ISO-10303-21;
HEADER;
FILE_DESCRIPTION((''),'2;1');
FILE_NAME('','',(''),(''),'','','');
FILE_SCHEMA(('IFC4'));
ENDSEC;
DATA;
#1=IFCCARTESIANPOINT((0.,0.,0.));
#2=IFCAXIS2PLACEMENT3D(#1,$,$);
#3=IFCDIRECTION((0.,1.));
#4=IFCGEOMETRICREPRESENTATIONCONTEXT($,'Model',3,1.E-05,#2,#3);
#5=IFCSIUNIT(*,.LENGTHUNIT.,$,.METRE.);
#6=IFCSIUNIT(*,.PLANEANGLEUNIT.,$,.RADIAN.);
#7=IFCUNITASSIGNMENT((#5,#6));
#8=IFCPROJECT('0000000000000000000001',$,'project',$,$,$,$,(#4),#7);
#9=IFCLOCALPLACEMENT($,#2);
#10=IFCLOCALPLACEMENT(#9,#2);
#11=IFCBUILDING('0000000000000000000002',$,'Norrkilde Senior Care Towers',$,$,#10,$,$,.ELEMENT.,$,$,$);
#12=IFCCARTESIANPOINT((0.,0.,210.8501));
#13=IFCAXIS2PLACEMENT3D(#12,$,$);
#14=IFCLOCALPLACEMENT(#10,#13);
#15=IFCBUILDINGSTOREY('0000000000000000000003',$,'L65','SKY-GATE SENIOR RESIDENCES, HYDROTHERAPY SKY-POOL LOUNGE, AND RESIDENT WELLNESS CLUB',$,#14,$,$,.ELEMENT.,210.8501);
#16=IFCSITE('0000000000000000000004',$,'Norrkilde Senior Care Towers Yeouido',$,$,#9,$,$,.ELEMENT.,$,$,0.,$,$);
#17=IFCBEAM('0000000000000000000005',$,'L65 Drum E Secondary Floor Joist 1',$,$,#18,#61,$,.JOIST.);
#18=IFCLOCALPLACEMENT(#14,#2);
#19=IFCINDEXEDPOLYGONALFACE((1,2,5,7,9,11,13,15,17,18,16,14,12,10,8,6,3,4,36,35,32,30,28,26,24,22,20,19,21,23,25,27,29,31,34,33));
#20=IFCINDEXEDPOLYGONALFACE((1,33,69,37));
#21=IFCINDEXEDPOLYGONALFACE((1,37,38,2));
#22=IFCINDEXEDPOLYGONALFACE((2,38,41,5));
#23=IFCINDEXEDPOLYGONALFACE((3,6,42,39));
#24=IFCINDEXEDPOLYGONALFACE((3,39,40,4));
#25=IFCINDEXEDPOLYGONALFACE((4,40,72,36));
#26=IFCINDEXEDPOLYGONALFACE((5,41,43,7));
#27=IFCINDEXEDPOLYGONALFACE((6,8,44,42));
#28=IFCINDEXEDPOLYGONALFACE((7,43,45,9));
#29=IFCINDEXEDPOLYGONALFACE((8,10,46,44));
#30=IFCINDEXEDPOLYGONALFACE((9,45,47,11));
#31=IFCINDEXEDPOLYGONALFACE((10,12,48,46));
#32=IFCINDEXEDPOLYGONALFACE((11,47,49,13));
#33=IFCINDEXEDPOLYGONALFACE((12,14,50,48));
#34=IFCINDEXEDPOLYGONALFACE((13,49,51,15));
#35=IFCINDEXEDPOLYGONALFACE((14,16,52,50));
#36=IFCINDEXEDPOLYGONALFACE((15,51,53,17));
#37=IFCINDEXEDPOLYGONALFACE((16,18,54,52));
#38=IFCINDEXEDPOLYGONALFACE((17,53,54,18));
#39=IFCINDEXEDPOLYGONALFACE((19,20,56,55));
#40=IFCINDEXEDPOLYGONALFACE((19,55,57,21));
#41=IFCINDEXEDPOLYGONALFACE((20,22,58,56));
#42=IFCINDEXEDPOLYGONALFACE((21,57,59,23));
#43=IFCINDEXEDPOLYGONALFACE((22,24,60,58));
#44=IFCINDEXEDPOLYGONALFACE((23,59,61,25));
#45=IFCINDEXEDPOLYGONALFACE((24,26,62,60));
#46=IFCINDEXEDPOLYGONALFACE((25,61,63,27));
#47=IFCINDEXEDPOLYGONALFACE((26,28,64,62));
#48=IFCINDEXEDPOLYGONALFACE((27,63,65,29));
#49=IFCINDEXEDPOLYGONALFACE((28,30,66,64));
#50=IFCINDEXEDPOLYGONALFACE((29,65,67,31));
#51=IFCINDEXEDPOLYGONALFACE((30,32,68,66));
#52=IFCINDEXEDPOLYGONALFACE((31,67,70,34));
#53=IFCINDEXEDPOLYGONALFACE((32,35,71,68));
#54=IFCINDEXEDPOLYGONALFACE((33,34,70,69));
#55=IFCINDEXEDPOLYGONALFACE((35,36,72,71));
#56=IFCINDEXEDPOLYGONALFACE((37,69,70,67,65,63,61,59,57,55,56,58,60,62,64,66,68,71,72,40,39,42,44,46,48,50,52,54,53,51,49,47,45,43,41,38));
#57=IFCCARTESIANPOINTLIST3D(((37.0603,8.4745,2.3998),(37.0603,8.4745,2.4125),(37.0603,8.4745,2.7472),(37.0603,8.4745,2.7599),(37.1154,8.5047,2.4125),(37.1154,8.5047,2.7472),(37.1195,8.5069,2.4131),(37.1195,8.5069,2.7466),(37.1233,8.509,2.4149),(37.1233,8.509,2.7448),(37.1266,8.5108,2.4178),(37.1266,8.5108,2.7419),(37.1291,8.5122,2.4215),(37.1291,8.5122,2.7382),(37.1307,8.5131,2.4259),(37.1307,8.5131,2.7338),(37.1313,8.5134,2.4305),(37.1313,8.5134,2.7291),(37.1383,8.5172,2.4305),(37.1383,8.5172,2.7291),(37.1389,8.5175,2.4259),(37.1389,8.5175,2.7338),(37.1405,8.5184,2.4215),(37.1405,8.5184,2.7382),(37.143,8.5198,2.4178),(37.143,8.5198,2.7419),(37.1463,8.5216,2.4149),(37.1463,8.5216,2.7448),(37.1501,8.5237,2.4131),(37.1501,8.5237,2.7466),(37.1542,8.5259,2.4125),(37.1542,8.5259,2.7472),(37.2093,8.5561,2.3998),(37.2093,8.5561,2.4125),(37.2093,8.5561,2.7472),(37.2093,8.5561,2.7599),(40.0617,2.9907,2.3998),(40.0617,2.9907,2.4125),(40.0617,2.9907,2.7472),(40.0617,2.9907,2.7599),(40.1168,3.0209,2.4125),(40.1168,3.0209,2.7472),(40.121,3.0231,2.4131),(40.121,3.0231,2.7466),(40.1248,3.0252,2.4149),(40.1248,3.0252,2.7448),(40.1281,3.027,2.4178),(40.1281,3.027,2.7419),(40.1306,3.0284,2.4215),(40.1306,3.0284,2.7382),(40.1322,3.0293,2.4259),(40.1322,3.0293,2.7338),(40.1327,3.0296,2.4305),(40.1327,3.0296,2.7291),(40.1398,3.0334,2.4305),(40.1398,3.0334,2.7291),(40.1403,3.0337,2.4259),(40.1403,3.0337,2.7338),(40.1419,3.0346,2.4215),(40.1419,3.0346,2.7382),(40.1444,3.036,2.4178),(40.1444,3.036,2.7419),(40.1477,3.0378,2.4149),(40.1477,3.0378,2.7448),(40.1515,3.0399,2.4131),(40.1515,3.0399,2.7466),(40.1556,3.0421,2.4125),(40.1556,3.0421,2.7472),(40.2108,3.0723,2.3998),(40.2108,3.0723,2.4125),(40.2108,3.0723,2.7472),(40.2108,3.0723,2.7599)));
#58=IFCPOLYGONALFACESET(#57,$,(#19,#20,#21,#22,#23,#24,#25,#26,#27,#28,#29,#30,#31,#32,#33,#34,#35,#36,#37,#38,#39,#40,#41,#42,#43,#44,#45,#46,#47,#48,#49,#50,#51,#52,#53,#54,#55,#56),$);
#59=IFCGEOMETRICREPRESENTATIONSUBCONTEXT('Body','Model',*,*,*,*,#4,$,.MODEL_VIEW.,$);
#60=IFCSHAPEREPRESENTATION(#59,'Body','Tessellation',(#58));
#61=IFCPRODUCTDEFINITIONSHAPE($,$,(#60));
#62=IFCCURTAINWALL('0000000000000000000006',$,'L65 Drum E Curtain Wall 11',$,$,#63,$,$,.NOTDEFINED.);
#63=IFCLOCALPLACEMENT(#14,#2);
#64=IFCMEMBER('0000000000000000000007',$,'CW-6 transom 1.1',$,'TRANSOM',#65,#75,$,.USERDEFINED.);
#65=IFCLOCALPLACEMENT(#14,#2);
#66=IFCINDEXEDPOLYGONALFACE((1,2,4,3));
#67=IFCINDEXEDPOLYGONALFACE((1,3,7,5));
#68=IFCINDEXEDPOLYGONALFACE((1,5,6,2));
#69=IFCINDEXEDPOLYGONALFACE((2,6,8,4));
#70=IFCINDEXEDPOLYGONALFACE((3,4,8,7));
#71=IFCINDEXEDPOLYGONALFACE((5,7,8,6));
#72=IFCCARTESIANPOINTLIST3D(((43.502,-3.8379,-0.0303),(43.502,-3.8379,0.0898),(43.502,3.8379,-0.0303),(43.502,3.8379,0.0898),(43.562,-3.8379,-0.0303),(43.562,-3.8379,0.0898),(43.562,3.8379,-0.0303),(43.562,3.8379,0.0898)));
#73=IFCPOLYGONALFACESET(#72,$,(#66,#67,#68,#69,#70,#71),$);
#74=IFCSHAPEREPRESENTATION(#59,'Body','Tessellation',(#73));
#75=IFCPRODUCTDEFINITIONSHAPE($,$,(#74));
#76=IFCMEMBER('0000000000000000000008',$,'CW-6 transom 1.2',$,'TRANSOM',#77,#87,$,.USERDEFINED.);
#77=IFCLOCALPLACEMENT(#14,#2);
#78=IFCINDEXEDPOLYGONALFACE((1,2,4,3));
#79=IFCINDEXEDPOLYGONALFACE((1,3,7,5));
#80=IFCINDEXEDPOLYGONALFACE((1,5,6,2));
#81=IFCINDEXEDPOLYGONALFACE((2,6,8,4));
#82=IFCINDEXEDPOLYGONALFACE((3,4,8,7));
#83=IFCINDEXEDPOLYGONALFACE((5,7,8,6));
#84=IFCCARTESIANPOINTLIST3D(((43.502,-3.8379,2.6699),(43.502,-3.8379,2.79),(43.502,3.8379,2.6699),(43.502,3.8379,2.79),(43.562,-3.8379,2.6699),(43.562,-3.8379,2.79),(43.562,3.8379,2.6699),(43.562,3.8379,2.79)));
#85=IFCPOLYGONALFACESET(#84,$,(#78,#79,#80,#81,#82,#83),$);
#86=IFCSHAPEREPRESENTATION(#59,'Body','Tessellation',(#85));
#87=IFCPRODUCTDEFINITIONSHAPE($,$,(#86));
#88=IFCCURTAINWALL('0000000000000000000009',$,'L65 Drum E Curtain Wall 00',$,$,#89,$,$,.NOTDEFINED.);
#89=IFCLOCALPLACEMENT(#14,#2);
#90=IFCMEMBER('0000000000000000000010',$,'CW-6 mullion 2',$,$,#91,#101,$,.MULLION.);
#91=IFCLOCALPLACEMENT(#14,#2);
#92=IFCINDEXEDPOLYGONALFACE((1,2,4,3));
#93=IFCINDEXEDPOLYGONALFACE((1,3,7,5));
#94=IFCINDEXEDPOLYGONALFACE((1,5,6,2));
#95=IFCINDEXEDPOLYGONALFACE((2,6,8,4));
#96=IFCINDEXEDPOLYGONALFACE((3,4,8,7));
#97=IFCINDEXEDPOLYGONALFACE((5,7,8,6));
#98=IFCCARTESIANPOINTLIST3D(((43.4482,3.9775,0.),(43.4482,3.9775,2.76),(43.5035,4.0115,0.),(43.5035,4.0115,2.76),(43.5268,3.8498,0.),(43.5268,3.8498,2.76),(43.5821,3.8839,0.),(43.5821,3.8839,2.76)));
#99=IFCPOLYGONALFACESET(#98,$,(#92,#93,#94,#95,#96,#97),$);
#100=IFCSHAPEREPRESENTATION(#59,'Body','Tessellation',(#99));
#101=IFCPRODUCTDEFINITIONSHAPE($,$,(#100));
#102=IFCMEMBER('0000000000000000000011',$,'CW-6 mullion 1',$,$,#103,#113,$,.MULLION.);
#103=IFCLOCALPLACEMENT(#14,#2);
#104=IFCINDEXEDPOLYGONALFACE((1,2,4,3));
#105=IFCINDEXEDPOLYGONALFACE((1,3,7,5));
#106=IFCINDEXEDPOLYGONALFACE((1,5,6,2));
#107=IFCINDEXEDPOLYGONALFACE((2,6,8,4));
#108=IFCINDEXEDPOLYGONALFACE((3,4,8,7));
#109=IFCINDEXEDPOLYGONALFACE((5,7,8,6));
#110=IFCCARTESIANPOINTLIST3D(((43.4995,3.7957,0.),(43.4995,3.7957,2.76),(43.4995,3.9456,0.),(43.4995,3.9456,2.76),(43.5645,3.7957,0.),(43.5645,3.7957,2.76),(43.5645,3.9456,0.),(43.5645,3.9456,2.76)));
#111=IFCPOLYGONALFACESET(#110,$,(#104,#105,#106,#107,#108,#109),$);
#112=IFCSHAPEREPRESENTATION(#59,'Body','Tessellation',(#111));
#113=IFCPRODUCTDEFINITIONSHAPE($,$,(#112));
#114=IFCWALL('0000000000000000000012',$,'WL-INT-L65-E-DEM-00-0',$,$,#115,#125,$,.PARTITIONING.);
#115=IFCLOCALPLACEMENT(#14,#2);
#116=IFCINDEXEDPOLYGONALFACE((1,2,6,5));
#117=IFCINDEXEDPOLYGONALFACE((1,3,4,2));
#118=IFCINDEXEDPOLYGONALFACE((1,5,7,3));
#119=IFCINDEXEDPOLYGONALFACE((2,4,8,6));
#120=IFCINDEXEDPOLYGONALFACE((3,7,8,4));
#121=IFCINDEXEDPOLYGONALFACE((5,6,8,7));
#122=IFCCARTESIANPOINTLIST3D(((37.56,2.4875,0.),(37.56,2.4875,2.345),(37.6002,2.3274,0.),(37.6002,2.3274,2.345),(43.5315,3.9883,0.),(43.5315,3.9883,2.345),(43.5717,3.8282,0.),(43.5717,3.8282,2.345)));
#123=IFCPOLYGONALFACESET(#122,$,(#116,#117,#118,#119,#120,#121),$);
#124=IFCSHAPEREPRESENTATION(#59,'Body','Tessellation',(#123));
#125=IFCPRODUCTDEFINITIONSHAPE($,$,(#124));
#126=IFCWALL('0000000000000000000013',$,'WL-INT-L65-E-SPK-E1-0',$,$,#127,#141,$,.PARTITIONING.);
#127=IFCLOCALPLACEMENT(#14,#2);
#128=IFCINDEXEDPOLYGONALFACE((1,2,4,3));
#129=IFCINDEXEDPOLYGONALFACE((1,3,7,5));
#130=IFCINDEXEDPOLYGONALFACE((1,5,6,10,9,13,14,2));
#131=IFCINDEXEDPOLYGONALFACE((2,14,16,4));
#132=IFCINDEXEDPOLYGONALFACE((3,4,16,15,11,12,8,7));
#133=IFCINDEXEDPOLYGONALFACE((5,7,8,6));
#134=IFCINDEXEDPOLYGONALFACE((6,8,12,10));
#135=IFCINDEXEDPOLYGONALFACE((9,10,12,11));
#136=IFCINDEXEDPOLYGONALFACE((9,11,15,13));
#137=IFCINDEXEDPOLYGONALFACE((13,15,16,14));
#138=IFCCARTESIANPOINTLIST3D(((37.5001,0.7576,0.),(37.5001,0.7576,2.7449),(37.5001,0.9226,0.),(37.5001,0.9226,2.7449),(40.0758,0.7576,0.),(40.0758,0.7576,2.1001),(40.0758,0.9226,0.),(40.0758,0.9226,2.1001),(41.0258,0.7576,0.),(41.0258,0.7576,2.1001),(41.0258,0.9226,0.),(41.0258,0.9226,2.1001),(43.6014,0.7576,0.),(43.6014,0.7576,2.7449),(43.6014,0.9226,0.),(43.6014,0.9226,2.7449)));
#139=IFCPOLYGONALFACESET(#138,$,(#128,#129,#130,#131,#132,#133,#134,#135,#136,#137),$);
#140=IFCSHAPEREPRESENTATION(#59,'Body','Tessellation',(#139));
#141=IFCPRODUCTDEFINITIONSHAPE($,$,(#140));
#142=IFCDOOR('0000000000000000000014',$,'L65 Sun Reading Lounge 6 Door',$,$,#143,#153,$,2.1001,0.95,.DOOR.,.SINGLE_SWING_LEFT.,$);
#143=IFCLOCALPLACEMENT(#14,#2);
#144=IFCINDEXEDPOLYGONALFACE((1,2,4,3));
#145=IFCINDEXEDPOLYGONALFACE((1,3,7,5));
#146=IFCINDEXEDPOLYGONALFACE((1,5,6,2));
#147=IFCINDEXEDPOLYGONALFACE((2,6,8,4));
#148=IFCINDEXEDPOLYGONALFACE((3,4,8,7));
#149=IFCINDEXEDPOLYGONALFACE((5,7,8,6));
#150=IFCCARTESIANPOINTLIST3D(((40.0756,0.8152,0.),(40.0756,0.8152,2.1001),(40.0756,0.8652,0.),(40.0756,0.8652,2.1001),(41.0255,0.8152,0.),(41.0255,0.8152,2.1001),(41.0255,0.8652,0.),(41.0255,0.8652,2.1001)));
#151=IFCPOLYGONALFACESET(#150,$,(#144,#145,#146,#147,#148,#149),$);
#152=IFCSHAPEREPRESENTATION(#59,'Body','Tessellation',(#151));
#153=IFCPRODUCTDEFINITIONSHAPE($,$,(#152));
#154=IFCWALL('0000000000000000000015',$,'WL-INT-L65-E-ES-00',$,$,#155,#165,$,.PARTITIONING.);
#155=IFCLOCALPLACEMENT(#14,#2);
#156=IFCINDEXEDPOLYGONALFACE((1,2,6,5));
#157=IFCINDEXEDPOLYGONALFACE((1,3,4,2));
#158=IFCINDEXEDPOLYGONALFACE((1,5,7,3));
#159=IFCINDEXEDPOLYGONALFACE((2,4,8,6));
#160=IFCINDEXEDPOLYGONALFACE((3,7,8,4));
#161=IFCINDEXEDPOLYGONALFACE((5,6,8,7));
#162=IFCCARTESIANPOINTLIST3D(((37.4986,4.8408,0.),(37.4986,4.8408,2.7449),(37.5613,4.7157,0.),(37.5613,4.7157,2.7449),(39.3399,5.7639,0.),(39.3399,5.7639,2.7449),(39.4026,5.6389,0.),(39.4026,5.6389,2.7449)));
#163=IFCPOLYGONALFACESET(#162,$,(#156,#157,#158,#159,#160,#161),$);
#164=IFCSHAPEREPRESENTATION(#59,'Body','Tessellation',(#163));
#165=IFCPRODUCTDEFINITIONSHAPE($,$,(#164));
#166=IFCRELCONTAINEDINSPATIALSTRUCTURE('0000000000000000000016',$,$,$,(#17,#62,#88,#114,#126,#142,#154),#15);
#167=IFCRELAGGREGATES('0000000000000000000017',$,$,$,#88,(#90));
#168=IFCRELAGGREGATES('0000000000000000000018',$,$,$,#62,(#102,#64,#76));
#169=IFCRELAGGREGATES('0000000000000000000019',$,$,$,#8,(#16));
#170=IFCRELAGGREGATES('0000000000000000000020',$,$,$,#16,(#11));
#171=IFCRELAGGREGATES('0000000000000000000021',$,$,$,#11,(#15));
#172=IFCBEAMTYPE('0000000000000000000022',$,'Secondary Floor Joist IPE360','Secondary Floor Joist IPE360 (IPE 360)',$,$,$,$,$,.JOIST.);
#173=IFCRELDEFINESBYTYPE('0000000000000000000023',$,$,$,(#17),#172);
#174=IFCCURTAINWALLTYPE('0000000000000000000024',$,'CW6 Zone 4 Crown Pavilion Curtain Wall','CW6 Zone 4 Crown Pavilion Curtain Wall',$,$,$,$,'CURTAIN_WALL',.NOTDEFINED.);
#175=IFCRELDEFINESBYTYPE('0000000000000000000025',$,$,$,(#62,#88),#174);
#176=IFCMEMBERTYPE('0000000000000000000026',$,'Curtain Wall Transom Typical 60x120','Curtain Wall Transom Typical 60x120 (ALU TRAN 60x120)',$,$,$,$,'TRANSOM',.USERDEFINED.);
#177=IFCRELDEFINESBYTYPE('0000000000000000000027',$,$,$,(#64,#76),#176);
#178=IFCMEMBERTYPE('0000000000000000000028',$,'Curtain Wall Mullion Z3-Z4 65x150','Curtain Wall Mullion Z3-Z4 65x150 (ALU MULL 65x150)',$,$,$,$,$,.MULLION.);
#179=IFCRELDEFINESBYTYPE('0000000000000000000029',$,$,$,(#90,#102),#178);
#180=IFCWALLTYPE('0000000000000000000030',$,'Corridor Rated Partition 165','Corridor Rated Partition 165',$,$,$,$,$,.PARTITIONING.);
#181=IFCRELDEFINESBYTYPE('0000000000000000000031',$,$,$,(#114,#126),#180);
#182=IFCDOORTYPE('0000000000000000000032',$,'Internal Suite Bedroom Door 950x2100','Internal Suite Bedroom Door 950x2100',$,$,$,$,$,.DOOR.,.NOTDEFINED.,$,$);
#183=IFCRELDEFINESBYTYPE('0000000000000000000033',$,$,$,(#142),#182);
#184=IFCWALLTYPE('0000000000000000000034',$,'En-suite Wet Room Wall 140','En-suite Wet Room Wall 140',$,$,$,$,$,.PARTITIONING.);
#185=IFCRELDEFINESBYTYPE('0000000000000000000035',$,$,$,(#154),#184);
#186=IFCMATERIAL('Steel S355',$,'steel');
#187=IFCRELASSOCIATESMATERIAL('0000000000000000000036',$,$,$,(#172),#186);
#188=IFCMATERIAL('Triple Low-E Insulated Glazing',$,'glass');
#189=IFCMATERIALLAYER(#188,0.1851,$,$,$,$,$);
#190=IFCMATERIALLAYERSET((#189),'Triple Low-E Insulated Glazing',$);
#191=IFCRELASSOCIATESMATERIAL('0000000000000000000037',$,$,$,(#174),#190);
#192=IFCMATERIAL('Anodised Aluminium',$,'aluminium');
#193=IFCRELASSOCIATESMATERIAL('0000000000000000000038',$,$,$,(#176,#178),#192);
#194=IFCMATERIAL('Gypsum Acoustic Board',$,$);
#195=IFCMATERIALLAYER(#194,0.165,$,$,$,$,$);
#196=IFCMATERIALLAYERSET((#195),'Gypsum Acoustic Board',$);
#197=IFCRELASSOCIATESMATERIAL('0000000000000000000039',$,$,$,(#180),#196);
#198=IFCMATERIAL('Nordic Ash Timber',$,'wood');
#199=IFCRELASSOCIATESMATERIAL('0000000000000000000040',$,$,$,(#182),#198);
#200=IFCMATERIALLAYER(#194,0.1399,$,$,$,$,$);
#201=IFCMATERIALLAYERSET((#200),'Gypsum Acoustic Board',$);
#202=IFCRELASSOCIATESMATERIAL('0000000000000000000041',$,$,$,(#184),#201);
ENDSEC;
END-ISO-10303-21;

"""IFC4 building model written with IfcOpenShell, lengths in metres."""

from ifc_helpers import new_model, si_unit, direction, frame, frame_2d, origin, origin_2d, place, context, subcontext, project, spatial, rectangle, i_section, extrude, source, transform, mapped, material, layer, layer_set, material_profile, profile_set, type_object, type_shapes, element, fill, aggregate, save


model = new_model("IFC4")

# Units and contexts
model_context = context("Model", 3, precision=1e-05, world=origin(), true_north=direction((0.0, 1.0)))
body_context = subcontext(model_context, "Body", "Model", "MODEL_VIEW")
ifc_project = project(units=[si_unit("LENGTHUNIT", "METRE"), si_unit("PLANEANGLEUNIT", "RADIAN")], contexts=[model_context])

# Site, building, storey
site_placement = place(None, origin())
site = spatial("IfcSite", under=ifc_project, at=site_placement, Name="Norrkilde Senior Care Towers Yeouido", CompositionType="ELEMENT", RefElevation=0.0)
building_placement = place(site_placement, origin())
building = spatial("IfcBuilding", under=site, at=building_placement, Name="Norrkilde Senior Care Towers", CompositionType="ELEMENT")
storey_placement = place(building_placement, frame((0.0, 0.0, 210.8501)))
storey = spatial("IfcBuildingStorey", under=building, at=storey_placement, Name="L65", Description="SKY-GATE SENIOR RESIDENCES, HYDROTHERAPY SKY-POOL LOUNGE, AND RESIDENT WELLNESS CLUB", CompositionType="ELEMENT", Elevation=210.8501)

# Beam
ifc_material_1 = material(Name="Steel S355", Category="steel")
ifc_material_profile_1 = material_profile(ifc_material_1, i_section(OverallWidth=0.1699, OverallDepth=0.3601, WebThickness=0.0081, FlangeThickness=0.0127, FilletRadius=0.0181, at=origin_2d()), Name="IPE 360")
ifc_profile_set_1 = profile_set([ifc_material_profile_1], Name="Steel S355")
beam_type_1 = type_object("IfcBeamType", Name="Secondary Floor Joist IPE360", Description="Secondary Floor Joist IPE360 (IPE 360)", PredefinedType="JOIST", material=ifc_profile_set_1)
shared_shape_1 = source(origin(), body_context, "Body", "SweptSolid", [
    extrude(i_section(OverallWidth=0.1699, OverallDepth=0.3601, WebThickness=0.0081, FlangeThickness=0.0127, FilletRadius=0.0181, at=origin_2d()), origin(), (0.0, 0.0, 1.0), 6.2515),
])
type_shapes(beam_type_1, [shared_shape_1])
beam_1_placement = place(storey_placement, frame((40.1362, 3.0315, 2.5798), z_axis=(-0.480116, 0.877205, 0.0), x_axis=(-0.877205, -0.480116, 0.0)))
element("IfcBeam", 1, at=beam_1_placement, inside=storey, type_object=beam_type_1, Name="L65 Drum E Secondary Floor Joist 1", PredefinedType="JOIST", context=body_context, shape_type="MappedRepresentation", body=[
    mapped(shared_shape_1, transform((0.0, 0.0, 0.0), x_axis=(1.0, 0.0, 0.0), y_axis=(0.0, 1.0, 0.0), z_axis=(0.0, 0.0, 1.0), scale=1.0)),
])

# Curtain wall, members
ifc_material_2 = material(Name="Triple Low-E Insulated Glazing", Category="glass")
ifc_layer_1 = layer(ifc_material_2, 0.1851)
ifc_layer_set_1 = layer_set([ifc_layer_1], Name="Triple Low-E Insulated Glazing")
curtain_wall_type = type_object("IfcCurtainWallType", Name="CW6 Zone 4 Crown Pavilion Curtain Wall", Description="CW6 Zone 4 Crown Pavilion Curtain Wall", ElementType="CURTAIN_WALL", PredefinedType="NOTDEFINED", material=ifc_layer_set_1)
curtain_wall_1_placement = place(storey_placement, origin())
curtain_wall_1 = element("IfcCurtainWall", 2, at=curtain_wall_1_placement, inside=storey, type_object=curtain_wall_type, Name="L65 Drum E Curtain Wall 11", PredefinedType="NOTDEFINED")
ifc_material_3 = material(Name="Anodised Aluminium", Category="aluminium")
ifc_material_profile_2 = material_profile(ifc_material_3, rectangle(XDim=0.0601, YDim=0.1201, at=origin_2d()), Name="ALU TRAN 60x120")
ifc_profile_set_2 = profile_set([ifc_material_profile_2], Name="Anodised Aluminium")
member_type_1 = type_object("IfcMemberType", Name="Curtain Wall Transom Typical 60x120", Description="Curtain Wall Transom Typical 60x120 (ALU TRAN 60x120)", ElementType="TRANSOM", PredefinedType="USERDEFINED", material=ifc_profile_set_2)
shared_shape_2 = source(origin(), body_context, "Body", "SweptSolid", [
    extrude(rectangle(XDim=0.0601, YDim=0.1201, at=origin_2d()), origin(), (0.0, 0.0, 1.0), 7.6758),
])
type_shapes(member_type_1, [shared_shape_2])
member_1_placement = place(storey_placement, frame((43.532, 3.8379, 0.0298), z_axis=(0.0, -1.0, 0.0), x_axis=(1.0, 0.0, 0.0)))
member_1 = element("IfcMember", 3, at=member_1_placement, type_object=member_type_1, Name="CW-6 transom 1.1", ObjectType="TRANSOM", PredefinedType="USERDEFINED", context=body_context, shape_type="MappedRepresentation", body=[
    mapped(shared_shape_2, transform((0.0, 0.0, 0.0), x_axis=(1.0, 0.0, 0.0), y_axis=(0.0, 1.0, 0.0), z_axis=(0.0, 0.0, 1.0), scale=1.0)),
])
member_2_placement = place(storey_placement, frame((43.532, 3.8379, 2.73), z_axis=(0.0, -1.0, 0.0), x_axis=(1.0, 0.0, 0.0)))
member_2 = element("IfcMember", 4, at=member_2_placement, type_object=member_type_1, Name="CW-6 transom 1.2", ObjectType="TRANSOM", PredefinedType="USERDEFINED", context=body_context, shape_type="MappedRepresentation", body=[
    mapped(shared_shape_2, transform((0.0, 0.0, 0.0), x_axis=(1.0, 0.0, 0.0), y_axis=(0.0, 1.0, 0.0), z_axis=(0.0, 0.0, 1.0), scale=1.0)),
])

# Curtain wall, member
curtain_wall_2_placement = place(storey_placement, origin())
curtain_wall_2 = element("IfcCurtainWall", 5, at=curtain_wall_2_placement, inside=storey, type_object=curtain_wall_type, Name="L65 Drum E Curtain Wall 00", PredefinedType="NOTDEFINED")
ifc_material_profile_3 = material_profile(ifc_material_3, rectangle(XDim=0.0649, YDim=0.1499, at=origin_2d()), Name="ALU MULL 65x150")
ifc_profile_set_3 = profile_set([ifc_material_profile_3], Name="Anodised Aluminium")
member_type_2 = type_object("IfcMemberType", Name="Curtain Wall Mullion Z3-Z4 65x150", Description="Curtain Wall Mullion Z3-Z4 65x150 (ALU MULL 65x150)", PredefinedType="MULLION", material=ifc_profile_set_3)
shared_shape_3 = source(origin(), body_context, "Body", "SweptSolid", [
    extrude(rectangle(XDim=0.0649, YDim=0.1499, at=origin_2d()), origin(), (0.0, 0.0, 1.0), 2.76),
])
type_shapes(member_type_2, [shared_shape_3])
member_3_placement = place(storey_placement, frame((43.5151, 3.9307, 0.0), z_axis=(0.0, 0.0, 1.0), x_axis=(0.851563, 0.524253, 0.0)))
member_3 = element("IfcMember", 6, at=member_3_placement, type_object=member_type_2, Name="CW-6 mullion 2", PredefinedType="MULLION", context=body_context, shape_type="MappedRepresentation", body=[
    mapped(shared_shape_3, transform((0.0, 0.0, 0.0), x_axis=(1.0, 0.0, 0.0), y_axis=(0.0, 1.0, 0.0), z_axis=(0.0, 0.0, 1.0), scale=1.0)),
])
aggregate(curtain_wall_2, [member_3])

# Member
member_4_placement = place(storey_placement, frame((43.532, 3.8706, 0.0), z_axis=(0.0, 0.0, 1.0), x_axis=(1.0, 0.0, 0.0)))
member_4 = element("IfcMember", 7, at=member_4_placement, type_object=member_type_2, Name="CW-6 mullion 1", PredefinedType="MULLION", context=body_context, shape_type="MappedRepresentation", body=[
    mapped(shared_shape_3, transform((0.0, 0.0, 0.0), x_axis=(1.0, 0.0, 0.0), y_axis=(0.0, 1.0, 0.0), z_axis=(0.0, 0.0, 1.0), scale=1.0)),
])
aggregate(curtain_wall_1, [member_4, member_1, member_2])

# Wall
ifc_material_4 = material(Name="Gypsum Acoustic Board")
ifc_layer_2 = layer(ifc_material_4, 0.165)
ifc_layer_set_2 = layer_set([ifc_layer_2], Name="Gypsum Acoustic Board")
wall_type_1 = type_object("IfcWallType", Name="Corridor Rated Partition 165", Description="Corridor Rated Partition 165", PredefinedType="PARTITIONING", material=ifc_layer_set_2)
shared_shape_4 = source(origin(), body_context, "Body", "SweptSolid", [
    extrude(rectangle(XDim=6.1572, YDim=0.165, at=frame_2d((3.0786, 0.0))), origin(), (0.0, 0.0, 1.0), 2.345),
])
wall_1_placement = place(storey_placement, frame((37.5801, 2.4075, 0.0), z_axis=(0.0, 0.0, 1.0), x_axis=(0.969841, 0.243739, 0.0)))
element("IfcWall", 8, at=wall_1_placement, inside=storey, type_object=wall_type_1, Name="WL-INT-L65-E-DEM-00-0", PredefinedType="PARTITIONING", context=body_context, shape_type="MappedRepresentation", body=[
    mapped(shared_shape_4, transform((0.0, 0.0, 0.0), x_axis=(1.0, 0.0, 0.0), y_axis=(0.0, 1.0, 0.0), z_axis=(0.0, 0.0, 1.0), scale=1.0)),
])

# Wall, opening, door
shared_shape_5 = source(origin(), body_context, "Body", "SweptSolid", [
    extrude(rectangle(XDim=6.1013, YDim=0.165, at=frame_2d((3.0508, 0.0))), origin(), (0.0, 0.0, 1.0), 2.7449),
])
type_shapes(wall_type_1, [shared_shape_4, shared_shape_5])
wall_2_placement = place(storey_placement, frame((37.5, 0.8401, 0.0), z_axis=(0.0, 0.0, 1.0), x_axis=(1.0, 0.0, 0.0)))
wall_2 = element("IfcWall", 9, at=wall_2_placement, inside=storey, type_object=wall_type_1, Name="WL-INT-L65-E-SPK-E1-0", PredefinedType="PARTITIONING", context=body_context, shape_type="MappedRepresentation", body=[
    mapped(shared_shape_5, transform((0.0, 0.0, 0.0), x_axis=(1.0, 0.0, 0.0), y_axis=(0.0, 1.0, 0.0), z_axis=(0.0, 0.0, 1.0), scale=1.0)),
])
opening_1_placement = place(wall_2_placement, frame((2.5757, 0.0, 0.0)))
opening_1 = element("IfcOpeningElement", 10, at=opening_1_placement, cuts=wall_2, PredefinedType="OPENING", context=body_context, shape_type="SweptSolid", body=[
    extrude(rectangle(XDim=0.95, YDim=2.1001, at=frame_2d((0.4751, 1.05))), frame((0.0, 0.0925, 0.0), z_axis=(0.0, -1.0, 0.0), x_axis=(1.0, 0.0, 0.0)), (0.0, 0.0, 1.0), 0.1851),
])
ifc_material_5 = material(Name="Nordic Ash Timber", Category="wood")
door_type_1 = type_object("IfcDoorType", Name="Internal Suite Bedroom Door 950x2100", Description="Internal Suite Bedroom Door 950x2100", OperationType="NOTDEFINED", PredefinedType="DOOR", material=ifc_material_5)
shared_shape_6 = source(origin(), body_context, "Body", "SweptSolid", [
    extrude(rectangle(XDim=0.95, YDim=2.1001, at=frame_2d((0.4751, 1.05))), frame((0.0, 0.0249, 0.0), z_axis=(0.0, -1.0, 0.0), x_axis=(1.0, 0.0, 0.0)), (0.0, 0.0, 1.0), 0.05),
])
type_shapes(door_type_1, [shared_shape_6])
door_1_placement = place(opening_1_placement, frame((0.95, 0.0, 0.0), z_axis=(0.0, 0.0, 1.0), x_axis=(-1.0, 0.0, 0.0)))
door_1 = element("IfcDoor", 11, at=door_1_placement, inside=storey, type_object=door_type_1, Name="L65 Sun Reading Lounge 6 Door", OperationType="SINGLE_SWING_LEFT", OverallHeight=2.1001, OverallWidth=0.95, PredefinedType="DOOR", context=body_context, shape_type="MappedRepresentation", body=[
    mapped(shared_shape_6, transform((0.0, 0.0, 0.0), x_axis=(1.0, 0.0, 0.0), y_axis=(0.0, 1.0, 0.0), z_axis=(0.0, 0.0, 1.0), scale=1.0)),
])
fill(opening_1, door_1)

# Wall
ifc_layer_3 = layer(ifc_material_4, 0.1399)
ifc_layer_set_3 = layer_set([ifc_layer_3], Name="Gypsum Acoustic Board")
wall_type_2 = type_object("IfcWallType", Name="En-suite Wet Room Wall 140", Description="En-suite Wet Room Wall 140", PredefinedType="PARTITIONING", material=ifc_layer_set_3)
shared_shape_7 = source(origin(), body_context, "Body", "SweptSolid", [
    extrude(rectangle(XDim=2.0598, YDim=0.1399, at=frame_2d((1.0298, 0.0))), origin(), (0.0, 0.0, 1.0), 2.7449),
])
wall_3_placement = place(storey_placement, frame((37.53, 4.7783, 0.0), z_axis=(0.0, 0.0, 1.0), x_axis=(0.893953, 0.448162, 0.0)))
element("IfcWall", 12, at=wall_3_placement, inside=storey, type_object=wall_type_2, Name="WL-INT-L65-E-ES-00", PredefinedType="PARTITIONING", context=body_context, shape_type="MappedRepresentation", body=[
    mapped(shared_shape_7, transform((0.0, 0.0, 0.0), x_axis=(1.0, 0.0, 0.0), y_axis=(0.0, 1.0, 0.0), z_axis=(0.0, 0.0, 1.0), scale=1.0)),
])

save(model, "model.ifc")
